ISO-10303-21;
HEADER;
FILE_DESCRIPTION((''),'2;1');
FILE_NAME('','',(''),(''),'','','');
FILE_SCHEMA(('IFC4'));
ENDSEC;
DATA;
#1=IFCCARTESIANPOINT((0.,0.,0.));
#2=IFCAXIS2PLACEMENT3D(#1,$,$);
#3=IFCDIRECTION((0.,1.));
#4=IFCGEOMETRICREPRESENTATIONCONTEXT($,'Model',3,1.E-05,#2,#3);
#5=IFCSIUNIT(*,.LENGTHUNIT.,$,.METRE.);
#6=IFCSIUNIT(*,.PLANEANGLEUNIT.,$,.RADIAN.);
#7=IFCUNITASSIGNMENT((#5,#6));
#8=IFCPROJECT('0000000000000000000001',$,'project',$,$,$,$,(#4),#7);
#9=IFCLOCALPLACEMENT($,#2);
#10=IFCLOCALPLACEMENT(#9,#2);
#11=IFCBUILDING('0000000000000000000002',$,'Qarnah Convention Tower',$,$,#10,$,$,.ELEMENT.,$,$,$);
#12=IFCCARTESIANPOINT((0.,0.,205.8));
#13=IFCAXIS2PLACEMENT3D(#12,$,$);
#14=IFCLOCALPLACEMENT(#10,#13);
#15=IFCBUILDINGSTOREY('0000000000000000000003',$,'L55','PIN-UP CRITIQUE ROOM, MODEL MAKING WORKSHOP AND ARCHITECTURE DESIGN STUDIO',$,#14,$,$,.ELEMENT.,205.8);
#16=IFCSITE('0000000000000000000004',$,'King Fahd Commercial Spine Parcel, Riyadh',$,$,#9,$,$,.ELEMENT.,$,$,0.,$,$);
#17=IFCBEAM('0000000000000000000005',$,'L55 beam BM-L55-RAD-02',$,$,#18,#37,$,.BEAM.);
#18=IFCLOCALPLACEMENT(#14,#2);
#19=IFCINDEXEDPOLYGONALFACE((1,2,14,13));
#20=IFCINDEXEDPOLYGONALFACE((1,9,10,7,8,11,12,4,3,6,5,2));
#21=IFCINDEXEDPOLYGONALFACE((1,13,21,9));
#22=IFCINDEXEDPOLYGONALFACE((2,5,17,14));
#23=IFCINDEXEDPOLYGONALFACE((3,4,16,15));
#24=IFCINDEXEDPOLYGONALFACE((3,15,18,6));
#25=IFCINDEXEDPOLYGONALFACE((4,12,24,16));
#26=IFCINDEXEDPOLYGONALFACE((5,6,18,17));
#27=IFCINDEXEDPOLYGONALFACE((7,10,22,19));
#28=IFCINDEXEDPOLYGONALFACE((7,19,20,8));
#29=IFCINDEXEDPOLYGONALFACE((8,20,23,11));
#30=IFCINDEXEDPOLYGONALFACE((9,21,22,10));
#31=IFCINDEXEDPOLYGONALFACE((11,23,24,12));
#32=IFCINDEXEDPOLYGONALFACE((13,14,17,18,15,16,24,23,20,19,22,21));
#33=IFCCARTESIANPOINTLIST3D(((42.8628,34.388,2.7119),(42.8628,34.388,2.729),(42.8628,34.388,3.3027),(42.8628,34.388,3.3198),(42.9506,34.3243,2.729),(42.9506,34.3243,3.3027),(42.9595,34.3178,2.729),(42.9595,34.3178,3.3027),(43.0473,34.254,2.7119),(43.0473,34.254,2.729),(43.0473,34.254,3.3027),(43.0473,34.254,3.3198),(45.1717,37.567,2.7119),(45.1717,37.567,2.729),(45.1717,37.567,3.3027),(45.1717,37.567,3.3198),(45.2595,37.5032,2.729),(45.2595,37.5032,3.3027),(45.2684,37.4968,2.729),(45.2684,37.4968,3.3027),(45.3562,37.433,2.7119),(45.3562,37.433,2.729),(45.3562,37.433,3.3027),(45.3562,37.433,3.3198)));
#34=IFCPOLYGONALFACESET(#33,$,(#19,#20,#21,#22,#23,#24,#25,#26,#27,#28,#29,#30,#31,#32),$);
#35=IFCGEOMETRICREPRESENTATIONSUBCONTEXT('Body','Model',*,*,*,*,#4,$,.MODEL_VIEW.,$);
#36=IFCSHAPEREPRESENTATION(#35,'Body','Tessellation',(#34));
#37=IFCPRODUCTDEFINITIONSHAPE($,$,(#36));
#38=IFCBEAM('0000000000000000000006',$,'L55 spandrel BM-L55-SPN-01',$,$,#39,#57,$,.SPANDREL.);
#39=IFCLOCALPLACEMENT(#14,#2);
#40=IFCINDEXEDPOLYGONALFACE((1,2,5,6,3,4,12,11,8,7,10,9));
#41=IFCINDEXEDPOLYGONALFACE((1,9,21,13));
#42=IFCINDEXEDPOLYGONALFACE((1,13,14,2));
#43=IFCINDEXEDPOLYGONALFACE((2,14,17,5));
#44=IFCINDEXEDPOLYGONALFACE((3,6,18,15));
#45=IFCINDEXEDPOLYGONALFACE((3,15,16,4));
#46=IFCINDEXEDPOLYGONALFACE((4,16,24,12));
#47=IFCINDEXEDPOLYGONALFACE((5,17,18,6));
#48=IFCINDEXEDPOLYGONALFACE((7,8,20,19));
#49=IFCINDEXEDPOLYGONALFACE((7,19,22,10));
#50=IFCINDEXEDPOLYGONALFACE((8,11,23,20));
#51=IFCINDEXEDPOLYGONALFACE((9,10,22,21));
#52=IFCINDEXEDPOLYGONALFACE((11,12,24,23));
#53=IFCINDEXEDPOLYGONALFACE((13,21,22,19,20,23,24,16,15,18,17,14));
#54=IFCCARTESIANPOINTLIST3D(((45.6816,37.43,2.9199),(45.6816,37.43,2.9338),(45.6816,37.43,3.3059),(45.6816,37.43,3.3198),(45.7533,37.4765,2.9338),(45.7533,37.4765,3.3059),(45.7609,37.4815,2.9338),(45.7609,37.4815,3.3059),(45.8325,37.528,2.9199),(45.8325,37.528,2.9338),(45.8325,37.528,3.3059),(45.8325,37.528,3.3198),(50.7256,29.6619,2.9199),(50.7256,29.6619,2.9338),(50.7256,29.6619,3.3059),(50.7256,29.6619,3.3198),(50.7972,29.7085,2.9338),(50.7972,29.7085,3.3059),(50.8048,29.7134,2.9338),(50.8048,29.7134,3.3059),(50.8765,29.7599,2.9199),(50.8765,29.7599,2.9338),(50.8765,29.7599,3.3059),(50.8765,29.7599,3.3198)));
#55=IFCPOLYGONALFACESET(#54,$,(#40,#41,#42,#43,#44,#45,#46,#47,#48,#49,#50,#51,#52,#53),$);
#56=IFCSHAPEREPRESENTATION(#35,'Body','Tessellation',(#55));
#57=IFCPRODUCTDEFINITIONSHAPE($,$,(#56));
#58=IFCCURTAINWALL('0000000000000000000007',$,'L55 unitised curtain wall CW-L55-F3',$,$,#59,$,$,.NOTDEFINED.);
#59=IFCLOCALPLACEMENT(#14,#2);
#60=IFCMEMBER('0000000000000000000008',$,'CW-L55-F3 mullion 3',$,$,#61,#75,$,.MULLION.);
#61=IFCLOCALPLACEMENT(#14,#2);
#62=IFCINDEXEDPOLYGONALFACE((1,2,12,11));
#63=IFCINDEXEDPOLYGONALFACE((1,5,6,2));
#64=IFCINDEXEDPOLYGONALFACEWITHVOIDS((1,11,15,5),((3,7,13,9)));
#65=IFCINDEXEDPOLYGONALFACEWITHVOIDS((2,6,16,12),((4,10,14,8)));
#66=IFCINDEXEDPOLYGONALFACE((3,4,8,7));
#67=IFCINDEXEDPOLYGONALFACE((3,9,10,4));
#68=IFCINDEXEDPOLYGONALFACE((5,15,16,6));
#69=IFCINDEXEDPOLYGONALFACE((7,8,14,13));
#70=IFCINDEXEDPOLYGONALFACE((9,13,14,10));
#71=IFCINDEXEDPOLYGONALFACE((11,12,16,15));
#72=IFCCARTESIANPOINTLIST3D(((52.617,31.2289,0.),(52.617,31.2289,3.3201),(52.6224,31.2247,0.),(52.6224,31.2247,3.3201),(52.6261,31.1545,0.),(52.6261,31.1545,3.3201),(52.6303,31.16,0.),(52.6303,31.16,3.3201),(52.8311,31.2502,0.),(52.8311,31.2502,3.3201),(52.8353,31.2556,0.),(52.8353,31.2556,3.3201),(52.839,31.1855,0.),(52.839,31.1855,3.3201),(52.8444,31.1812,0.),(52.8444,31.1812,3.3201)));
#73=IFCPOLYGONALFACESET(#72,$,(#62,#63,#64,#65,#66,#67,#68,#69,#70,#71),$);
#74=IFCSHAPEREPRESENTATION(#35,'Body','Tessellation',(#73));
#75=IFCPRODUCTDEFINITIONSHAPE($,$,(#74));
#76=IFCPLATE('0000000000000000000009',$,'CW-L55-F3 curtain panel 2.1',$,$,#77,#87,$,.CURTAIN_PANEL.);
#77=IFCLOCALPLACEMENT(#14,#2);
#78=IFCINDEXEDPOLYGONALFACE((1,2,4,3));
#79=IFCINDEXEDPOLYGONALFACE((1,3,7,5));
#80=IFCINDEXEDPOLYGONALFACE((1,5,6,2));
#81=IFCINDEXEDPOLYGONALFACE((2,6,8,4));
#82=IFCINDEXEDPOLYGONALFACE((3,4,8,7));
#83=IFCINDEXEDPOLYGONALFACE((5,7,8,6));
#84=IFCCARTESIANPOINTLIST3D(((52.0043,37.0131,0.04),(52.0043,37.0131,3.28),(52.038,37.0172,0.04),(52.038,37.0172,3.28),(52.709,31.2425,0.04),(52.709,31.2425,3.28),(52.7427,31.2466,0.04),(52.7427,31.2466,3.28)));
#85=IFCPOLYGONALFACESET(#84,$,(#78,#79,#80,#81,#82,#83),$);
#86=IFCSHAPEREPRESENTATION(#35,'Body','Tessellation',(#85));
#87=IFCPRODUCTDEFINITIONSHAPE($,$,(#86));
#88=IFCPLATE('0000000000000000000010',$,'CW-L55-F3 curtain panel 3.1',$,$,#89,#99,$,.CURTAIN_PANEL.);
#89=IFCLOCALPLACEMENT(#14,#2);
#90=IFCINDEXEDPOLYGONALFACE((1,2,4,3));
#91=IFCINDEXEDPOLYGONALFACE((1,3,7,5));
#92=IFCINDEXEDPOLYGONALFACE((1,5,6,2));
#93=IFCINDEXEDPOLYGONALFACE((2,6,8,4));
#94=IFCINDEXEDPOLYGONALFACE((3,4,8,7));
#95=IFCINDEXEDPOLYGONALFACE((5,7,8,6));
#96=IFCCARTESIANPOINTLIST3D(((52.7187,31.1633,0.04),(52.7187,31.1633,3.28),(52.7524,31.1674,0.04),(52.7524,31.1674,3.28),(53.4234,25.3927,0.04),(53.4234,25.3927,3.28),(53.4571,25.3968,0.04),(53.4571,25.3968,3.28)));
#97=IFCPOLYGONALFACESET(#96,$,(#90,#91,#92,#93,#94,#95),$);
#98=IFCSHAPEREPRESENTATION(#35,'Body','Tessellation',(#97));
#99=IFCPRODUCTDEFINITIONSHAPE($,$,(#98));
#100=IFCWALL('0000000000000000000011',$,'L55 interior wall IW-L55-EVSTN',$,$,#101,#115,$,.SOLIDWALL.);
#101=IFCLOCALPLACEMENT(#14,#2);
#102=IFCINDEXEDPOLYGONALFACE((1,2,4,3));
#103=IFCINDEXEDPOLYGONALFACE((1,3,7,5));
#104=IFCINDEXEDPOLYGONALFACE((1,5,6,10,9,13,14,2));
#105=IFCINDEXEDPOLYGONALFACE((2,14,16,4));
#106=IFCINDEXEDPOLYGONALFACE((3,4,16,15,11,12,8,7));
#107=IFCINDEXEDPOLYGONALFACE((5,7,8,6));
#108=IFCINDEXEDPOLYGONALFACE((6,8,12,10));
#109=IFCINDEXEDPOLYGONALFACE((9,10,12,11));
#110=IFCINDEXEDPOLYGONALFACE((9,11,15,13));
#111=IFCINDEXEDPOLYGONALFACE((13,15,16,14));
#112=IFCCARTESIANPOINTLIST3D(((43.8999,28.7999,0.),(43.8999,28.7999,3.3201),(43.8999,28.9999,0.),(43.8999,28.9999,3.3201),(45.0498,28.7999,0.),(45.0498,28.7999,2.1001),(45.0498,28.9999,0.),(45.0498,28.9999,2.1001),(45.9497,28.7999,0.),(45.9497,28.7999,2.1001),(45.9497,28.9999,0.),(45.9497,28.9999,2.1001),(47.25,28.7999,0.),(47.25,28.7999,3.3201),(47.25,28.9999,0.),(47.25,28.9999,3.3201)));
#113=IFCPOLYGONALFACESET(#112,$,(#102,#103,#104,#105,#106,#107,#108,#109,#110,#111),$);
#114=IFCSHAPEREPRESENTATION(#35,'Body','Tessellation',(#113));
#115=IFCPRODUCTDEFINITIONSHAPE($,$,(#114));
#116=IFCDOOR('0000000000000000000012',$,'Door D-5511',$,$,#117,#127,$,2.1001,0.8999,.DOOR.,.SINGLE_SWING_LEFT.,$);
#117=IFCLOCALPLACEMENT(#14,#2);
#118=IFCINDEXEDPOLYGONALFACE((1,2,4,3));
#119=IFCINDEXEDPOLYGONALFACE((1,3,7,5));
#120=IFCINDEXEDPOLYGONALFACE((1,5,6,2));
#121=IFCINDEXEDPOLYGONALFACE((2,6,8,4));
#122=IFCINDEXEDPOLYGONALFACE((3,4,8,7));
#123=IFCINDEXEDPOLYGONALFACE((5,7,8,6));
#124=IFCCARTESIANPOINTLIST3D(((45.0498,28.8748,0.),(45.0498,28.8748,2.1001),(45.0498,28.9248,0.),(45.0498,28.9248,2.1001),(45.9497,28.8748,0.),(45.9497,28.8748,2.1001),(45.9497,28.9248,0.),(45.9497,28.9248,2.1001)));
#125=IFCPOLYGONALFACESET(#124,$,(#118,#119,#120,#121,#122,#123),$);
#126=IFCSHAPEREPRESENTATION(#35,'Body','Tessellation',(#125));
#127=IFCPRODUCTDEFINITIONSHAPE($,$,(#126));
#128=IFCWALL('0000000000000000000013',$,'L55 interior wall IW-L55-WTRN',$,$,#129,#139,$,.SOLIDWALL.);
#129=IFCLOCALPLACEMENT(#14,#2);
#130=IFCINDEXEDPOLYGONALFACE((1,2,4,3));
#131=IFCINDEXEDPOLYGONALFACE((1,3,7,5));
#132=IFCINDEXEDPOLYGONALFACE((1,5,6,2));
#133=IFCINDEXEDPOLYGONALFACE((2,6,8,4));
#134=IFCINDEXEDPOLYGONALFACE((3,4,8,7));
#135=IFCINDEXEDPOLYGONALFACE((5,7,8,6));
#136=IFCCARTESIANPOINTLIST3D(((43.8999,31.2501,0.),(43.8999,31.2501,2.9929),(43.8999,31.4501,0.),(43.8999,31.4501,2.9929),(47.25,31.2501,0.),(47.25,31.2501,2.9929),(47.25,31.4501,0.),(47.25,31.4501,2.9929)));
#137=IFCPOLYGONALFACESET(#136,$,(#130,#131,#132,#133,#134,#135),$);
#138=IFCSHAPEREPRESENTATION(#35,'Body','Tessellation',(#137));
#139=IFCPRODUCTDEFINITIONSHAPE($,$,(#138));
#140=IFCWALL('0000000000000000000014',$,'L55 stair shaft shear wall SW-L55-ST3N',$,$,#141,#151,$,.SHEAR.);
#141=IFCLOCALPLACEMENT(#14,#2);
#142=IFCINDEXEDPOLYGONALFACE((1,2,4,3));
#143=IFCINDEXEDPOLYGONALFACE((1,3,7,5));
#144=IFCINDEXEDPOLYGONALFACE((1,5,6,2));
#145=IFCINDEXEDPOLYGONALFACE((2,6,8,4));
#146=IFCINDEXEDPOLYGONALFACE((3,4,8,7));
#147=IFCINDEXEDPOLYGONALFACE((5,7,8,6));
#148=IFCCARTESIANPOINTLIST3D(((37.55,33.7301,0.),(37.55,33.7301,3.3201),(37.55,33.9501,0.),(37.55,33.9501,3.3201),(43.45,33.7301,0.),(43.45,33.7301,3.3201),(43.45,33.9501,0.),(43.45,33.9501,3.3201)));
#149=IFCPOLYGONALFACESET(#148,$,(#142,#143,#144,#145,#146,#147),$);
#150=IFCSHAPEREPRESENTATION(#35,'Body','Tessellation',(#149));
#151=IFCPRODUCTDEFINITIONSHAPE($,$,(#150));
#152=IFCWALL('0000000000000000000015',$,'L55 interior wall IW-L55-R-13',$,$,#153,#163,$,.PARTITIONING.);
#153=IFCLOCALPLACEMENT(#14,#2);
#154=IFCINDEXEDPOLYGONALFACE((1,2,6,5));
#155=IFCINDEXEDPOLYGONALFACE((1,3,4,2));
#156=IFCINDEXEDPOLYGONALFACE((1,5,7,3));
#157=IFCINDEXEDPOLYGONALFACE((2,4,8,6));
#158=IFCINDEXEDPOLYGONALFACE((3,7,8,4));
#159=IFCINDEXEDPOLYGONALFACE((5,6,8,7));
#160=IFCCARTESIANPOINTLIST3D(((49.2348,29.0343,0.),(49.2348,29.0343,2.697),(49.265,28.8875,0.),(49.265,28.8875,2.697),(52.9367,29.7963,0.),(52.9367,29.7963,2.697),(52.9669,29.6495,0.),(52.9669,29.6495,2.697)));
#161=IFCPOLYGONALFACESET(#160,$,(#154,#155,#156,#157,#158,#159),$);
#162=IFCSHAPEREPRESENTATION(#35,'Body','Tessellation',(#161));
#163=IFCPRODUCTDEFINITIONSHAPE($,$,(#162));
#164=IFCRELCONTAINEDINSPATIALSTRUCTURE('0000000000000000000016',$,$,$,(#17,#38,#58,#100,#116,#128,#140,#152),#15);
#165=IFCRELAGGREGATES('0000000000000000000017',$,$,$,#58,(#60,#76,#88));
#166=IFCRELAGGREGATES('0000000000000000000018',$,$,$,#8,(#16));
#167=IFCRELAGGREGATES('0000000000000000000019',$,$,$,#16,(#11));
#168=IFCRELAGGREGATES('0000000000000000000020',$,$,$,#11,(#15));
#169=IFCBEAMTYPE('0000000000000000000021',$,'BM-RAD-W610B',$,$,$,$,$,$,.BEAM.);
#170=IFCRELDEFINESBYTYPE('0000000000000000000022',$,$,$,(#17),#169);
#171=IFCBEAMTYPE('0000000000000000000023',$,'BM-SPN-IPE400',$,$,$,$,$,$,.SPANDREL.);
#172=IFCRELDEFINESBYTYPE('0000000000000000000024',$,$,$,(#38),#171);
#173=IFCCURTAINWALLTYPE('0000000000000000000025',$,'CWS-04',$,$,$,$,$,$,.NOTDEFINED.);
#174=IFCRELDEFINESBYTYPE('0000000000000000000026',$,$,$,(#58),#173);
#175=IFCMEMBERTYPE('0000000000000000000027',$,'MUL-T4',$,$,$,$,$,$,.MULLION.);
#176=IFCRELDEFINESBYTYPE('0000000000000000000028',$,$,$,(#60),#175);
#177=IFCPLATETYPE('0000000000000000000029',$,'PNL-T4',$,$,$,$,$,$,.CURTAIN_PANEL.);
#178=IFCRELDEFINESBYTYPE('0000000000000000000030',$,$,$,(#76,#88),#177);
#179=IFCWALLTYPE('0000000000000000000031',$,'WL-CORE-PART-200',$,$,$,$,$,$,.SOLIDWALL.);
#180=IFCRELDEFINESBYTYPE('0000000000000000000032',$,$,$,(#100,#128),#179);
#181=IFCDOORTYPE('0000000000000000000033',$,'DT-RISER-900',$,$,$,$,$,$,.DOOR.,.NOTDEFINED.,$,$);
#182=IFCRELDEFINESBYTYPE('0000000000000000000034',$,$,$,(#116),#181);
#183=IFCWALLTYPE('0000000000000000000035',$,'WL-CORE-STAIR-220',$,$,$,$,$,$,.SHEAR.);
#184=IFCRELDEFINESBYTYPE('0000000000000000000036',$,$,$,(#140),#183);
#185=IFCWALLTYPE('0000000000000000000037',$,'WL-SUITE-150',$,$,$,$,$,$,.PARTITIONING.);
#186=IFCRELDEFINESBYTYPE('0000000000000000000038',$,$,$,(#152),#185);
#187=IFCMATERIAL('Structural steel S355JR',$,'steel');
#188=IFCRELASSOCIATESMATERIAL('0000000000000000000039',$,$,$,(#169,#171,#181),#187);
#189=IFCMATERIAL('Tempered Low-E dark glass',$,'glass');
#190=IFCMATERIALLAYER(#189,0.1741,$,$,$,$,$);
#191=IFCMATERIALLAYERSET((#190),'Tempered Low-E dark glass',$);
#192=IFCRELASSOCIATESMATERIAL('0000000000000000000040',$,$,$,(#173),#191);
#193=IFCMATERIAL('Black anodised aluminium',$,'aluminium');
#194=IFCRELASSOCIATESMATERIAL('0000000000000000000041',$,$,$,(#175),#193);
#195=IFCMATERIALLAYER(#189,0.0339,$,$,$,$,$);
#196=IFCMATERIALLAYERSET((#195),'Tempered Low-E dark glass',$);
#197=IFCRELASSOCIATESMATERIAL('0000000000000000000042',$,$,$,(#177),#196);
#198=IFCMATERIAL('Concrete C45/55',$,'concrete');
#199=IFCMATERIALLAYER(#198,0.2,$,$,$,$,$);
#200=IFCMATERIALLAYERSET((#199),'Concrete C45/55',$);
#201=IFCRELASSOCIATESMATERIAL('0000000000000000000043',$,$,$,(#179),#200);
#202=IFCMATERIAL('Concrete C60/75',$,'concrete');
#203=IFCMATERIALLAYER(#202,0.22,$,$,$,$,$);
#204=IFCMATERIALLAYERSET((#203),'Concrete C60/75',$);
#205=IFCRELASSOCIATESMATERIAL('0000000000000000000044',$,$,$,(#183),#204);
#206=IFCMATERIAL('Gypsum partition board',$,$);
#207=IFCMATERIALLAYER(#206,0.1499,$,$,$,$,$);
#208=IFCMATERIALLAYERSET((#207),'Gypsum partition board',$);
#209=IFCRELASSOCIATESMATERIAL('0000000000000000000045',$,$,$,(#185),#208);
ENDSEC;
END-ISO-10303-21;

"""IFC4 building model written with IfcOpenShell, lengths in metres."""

from ifc_helpers import new_model, si_unit, direction, frame, frame_2d, origin, origin_2d, place, context, subcontext, project, spatial, rectangle, hollow_rectangle, i_section, extrude, material, layer, layer_set, material_profile, profile_set, type_object, element, fill, aggregate, save


model = new_model("IFC4")

# Units and contexts
model_context = context("Model", 3, precision=1e-05, world=origin(), true_north=direction((0.0, 1.0)))
body_context = subcontext(model_context, "Body", "Model", "MODEL_VIEW")
ifc_project = project(units=[si_unit("LENGTHUNIT", "METRE"), si_unit("PLANEANGLEUNIT", "RADIAN")], contexts=[model_context])

# Site, building, storey
site_placement = place(None, origin())
site = spatial("IfcSite", under=ifc_project, at=site_placement, Name="King Fahd Commercial Spine Parcel, Riyadh", CompositionType="ELEMENT", RefElevation=0.0)
building_placement = place(site_placement, origin())
building = spatial("IfcBuilding", under=site, at=building_placement, Name="Qarnah Convention Tower", CompositionType="ELEMENT")
storey_placement = place(building_placement, frame((0.0, 0.0, 205.8)))
storey = spatial("IfcBuildingStorey", under=building, at=storey_placement, Name="L55", Description="PIN-UP CRITIQUE ROOM, MODEL MAKING WORKSHOP AND ARCHITECTURE DESIGN STUDIO", CompositionType="ELEMENT", Elevation=205.8)

# Beams
ifc_material_1 = material(Name="Structural steel S355JR", Category="steel")
ifc_material_profile_1 = material_profile(ifc_material_1, i_section(OverallWidth=0.228, OverallDepth=0.6079, WebThickness=0.011, FlangeThickness=0.0171, at=origin_2d()), Name="W610X113")
ifc_profile_set_1 = profile_set([ifc_material_profile_1], Name="Structural steel S355JR")
beam_type_1 = type_object("IfcBeamType", Name="BM-RAD-W610B", PredefinedType="BEAM", material=ifc_profile_set_1)
beam_1_placement = place(storey_placement, frame((42.9551, 34.321, 3.0159), z_axis=(0.587651, 0.809115, 0.0), x_axis=(-0.809115, 0.587651, 0.0)))
element("IfcBeam", 1, at=beam_1_placement, inside=storey, type_object=beam_type_1, Name="L55 beam BM-L55-RAD-02", PredefinedType="BEAM", context=body_context, shape_type="SweptSolid", body=[
    extrude(i_section(OverallWidth=0.228, OverallDepth=0.6079, WebThickness=0.011, FlangeThickness=0.0171, at=origin_2d()), origin(), (0.0, 0.0, 1.0), 3.929),
])
ifc_material_profile_2 = material_profile(ifc_material_1, i_section(OverallWidth=0.1799, OverallDepth=0.3999, WebThickness=0.009, FlangeThickness=0.0139, at=origin_2d()), Name="IPE400")
ifc_profile_set_2 = profile_set([ifc_material_profile_2], Name="Structural steel S355JR")
beam_type_2 = type_object("IfcBeamType", Name="BM-SPN-IPE400", PredefinedType="SPANDREL", material=ifc_profile_set_2)
beam_2_placement = place(storey_placement, frame((50.801, 29.7109, 3.1199), z_axis=(-0.544586, 0.838705, 0.0), x_axis=(-0.838705, -0.544586, 0.0)))
element("IfcBeam", 2, at=beam_2_placement, inside=storey, type_object=beam_type_2, Name="L55 spandrel BM-L55-SPN-01", PredefinedType="SPANDREL", context=body_context, shape_type="SweptSolid", body=[
    extrude(i_section(OverallWidth=0.1799, OverallDepth=0.3999, WebThickness=0.009, FlangeThickness=0.0139, at=origin_2d()), origin(), (0.0, 0.0, 1.0), 9.262),
])

# Curtain wall, member, plates
ifc_material_2 = material(Name="Tempered Low-E dark glass", Category="glass")
ifc_layer_1 = layer(ifc_material_2, 0.1741)
ifc_layer_set_1 = layer_set([ifc_layer_1], Name="Tempered Low-E dark glass")
curtain_wall_type = type_object("IfcCurtainWallType", Name="CWS-04", PredefinedType="NOTDEFINED", material=ifc_layer_set_1)
curtain_wall_placement = place(storey_placement, origin())
curtain_wall = element("IfcCurtainWall", 3, at=curtain_wall_placement, inside=storey, type_object=curtain_wall_type, Name="L55 unitised curtain wall CW-L55-F3", PredefinedType="NOTDEFINED")
ifc_material_3 = material(Name="Black anodised aluminium", Category="aluminium")
ifc_material_profile_3 = material_profile(ifc_material_3, hollow_rectangle(XDim=0.075, YDim=0.22, WallThickness=0.0049, at=origin_2d()), Name="MUL-75X220")
ifc_profile_set_3 = profile_set([ifc_material_profile_3], Name="Black anodised aluminium")
member_type = type_object("IfcMemberType", Name="MUL-T4", PredefinedType="MULLION", material=ifc_profile_set_3)
member_placement = place(storey_placement, frame((52.7307, 31.2051, 0.0), z_axis=(0.0, 0.0, 1.0), x_axis=(0.121219, -0.992626, 0.0)))
member = element("IfcMember", 4, at=member_placement, type_object=member_type, Name="CW-L55-F3 mullion 3", PredefinedType="MULLION", context=body_context, shape_type="SweptSolid", body=[
    extrude(hollow_rectangle(XDim=0.075, YDim=0.22, WallThickness=0.0049, at=origin_2d()), origin(), (0.0, 0.0, 1.0), 3.3201),
])
ifc_layer_2 = layer(ifc_material_2, 0.0339)
ifc_layer_set_2 = layer_set([ifc_layer_2], Name="Tempered Low-E dark glass")
plate_type = type_object("IfcPlateType", Name="PNL-T4", PredefinedType="CURTAIN_PANEL", material=ifc_layer_set_2)
plate_1_placement = place(storey_placement, frame((52.3735, 34.1299, 0.04), z_axis=(0.0, 0.0, 1.0), x_axis=(0.121219, -0.992626, 0.0)))
plate_1 = element("IfcPlate", 5, at=plate_1_placement, type_object=plate_type, Name="CW-L55-F3 curtain panel 2.1", PredefinedType="CURTAIN_PANEL", context=body_context, shape_type="SweptSolid", body=[
    extrude(rectangle(XDim=5.8135, YDim=0.0339, at=origin_2d()), origin(), (0.0, 0.0, 1.0), 3.24),
])
plate_2_placement = place(storey_placement, frame((53.0879, 28.28, 0.04), z_axis=(0.0, 0.0, 1.0), x_axis=(0.121219, -0.992626, 0.0)))
plate_2 = element("IfcPlate", 6, at=plate_2_placement, type_object=plate_type, Name="CW-L55-F3 curtain panel 3.1", PredefinedType="CURTAIN_PANEL", context=body_context, shape_type="SweptSolid", body=[
    extrude(rectangle(XDim=5.8135, YDim=0.0339, at=origin_2d()), origin(), (0.0, 0.0, 1.0), 3.24),
])
aggregate(curtain_wall, [member, plate_1, plate_2])

# Wall, opening, door
ifc_material_4 = material(Name="Concrete C45/55", Category="concrete")
ifc_layer_3 = layer(ifc_material_4, 0.2)
ifc_layer_set_3 = layer_set([ifc_layer_3], Name="Concrete C45/55")
wall_type_1 = type_object("IfcWallType", Name="WL-CORE-PART-200", PredefinedType="SOLIDWALL", material=ifc_layer_set_3)
wall_1_placement = place(storey_placement, frame((43.8999, 28.8999, 0.0), z_axis=(0.0, 0.0, 1.0), x_axis=(1.0, 0.0, 0.0)))
wall_1 = element("IfcWall", 7, at=wall_1_placement, inside=storey, type_object=wall_type_1, Name="L55 interior wall IW-L55-EVSTN", PredefinedType="SOLIDWALL", context=body_context, shape_type="SweptSolid", body=[
    extrude(rectangle(XDim=3.3501, YDim=0.2, at=frame_2d((1.675, 0.0))), origin(), (0.0, 0.0, 1.0), 3.3201),
])
opening_1_placement = place(wall_1_placement, frame((1.1499, 0.0, 0.0)))
opening_1 = element("IfcOpeningElement", 8, at=opening_1_placement, cuts=wall_1, PredefinedType="OPENING", context=body_context, shape_type="SweptSolid", body=[
    extrude(rectangle(XDim=0.8999, YDim=2.1001, at=frame_2d((0.45, 1.05))), frame((0.0, 0.1099, 0.0), z_axis=(0.0, -1.0, 0.0), x_axis=(1.0, 0.0, 0.0)), (0.0, 0.0, 1.0), 0.22),
])
door_type_1 = type_object("IfcDoorType", Name="DT-RISER-900", OperationType="NOTDEFINED", PredefinedType="DOOR", material=ifc_material_1)
door_1_placement = place(opening_1_placement, origin())
door_1 = element("IfcDoor", 9, at=door_1_placement, inside=storey, type_object=door_type_1, Name="Door D-5511", OperationType="SINGLE_SWING_LEFT", OverallHeight=2.1001, OverallWidth=0.8999, PredefinedType="DOOR", context=body_context, shape_type="SweptSolid", body=[
    extrude(rectangle(XDim=0.8999, YDim=2.1001, at=frame_2d((0.45, 1.05))), frame((0.0, 0.0249, 0.0), z_axis=(0.0, -1.0, 0.0), x_axis=(1.0, 0.0, 0.0)), (0.0, 0.0, 1.0), 0.05),
])
fill(opening_1, door_1)

# Walls
wall_2_placement = place(storey_placement, frame((43.8999, 31.3501, 0.0), z_axis=(0.0, 0.0, 1.0), x_axis=(1.0, 0.0, 0.0)))
element("IfcWall", 10, at=wall_2_placement, inside=storey, type_object=wall_type_1, Name="L55 interior wall IW-L55-WTRN", PredefinedType="SOLIDWALL", context=body_context, shape_type="SweptSolid", body=[
    extrude(rectangle(XDim=3.3501, YDim=0.2, at=frame_2d((1.675, 0.0))), origin(), (0.0, 0.0, 1.0), 2.9929),
])
ifc_material_5 = material(Name="Concrete C60/75", Category="concrete")
ifc_layer_4 = layer(ifc_material_5, 0.22)
ifc_layer_set_4 = layer_set([ifc_layer_4], Name="Concrete C60/75")
wall_type_2 = type_object("IfcWallType", Name="WL-CORE-STAIR-220", PredefinedType="SHEAR", material=ifc_layer_set_4)
wall_3_placement = place(storey_placement, frame((37.55, 33.8401, 0.0), z_axis=(0.0, 0.0, 1.0), x_axis=(1.0, 0.0, 0.0)))
element("IfcWall", 11, at=wall_3_placement, inside=storey, type_object=wall_type_2, Name="L55 stair shaft shear wall SW-L55-ST3N", PredefinedType="SHEAR", context=body_context, shape_type="SweptSolid", body=[
    extrude(rectangle(XDim=5.8999, YDim=0.22, at=frame_2d((2.95, 0.0))), origin(), (0.0, 0.0, 1.0), 3.3201),
])

# Shared definitions
ifc_material_6 = material(Name="Gypsum partition board")
ifc_layer_5 = layer(ifc_material_6, 0.1499)
ifc_layer_set_5 = layer_set([ifc_layer_5], Name="Gypsum partition board")
wall_type_3 = type_object("IfcWallType", Name="WL-SUITE-150", PredefinedType="PARTITIONING", material=ifc_layer_set_5)

# Wall
wall_4_placement = place(storey_placement, frame((49.25, 28.9609, 0.0), z_axis=(0.0, 0.0, 1.0), x_axis=(0.979467, 0.201604, 0.0)))
element("IfcWall", 12, at=wall_4_placement, inside=storey, type_object=wall_type_3, Name="L55 interior wall IW-L55-R-13", PredefinedType="PARTITIONING", context=body_context, shape_type="SweptSolid", body=[
    extrude(rectangle(XDim=3.7795, YDim=0.1499, at=frame_2d((1.8896, 0.0))), origin(), (0.0, 0.0, 1.0), 2.697),
])

save(model, "model.ifc")
